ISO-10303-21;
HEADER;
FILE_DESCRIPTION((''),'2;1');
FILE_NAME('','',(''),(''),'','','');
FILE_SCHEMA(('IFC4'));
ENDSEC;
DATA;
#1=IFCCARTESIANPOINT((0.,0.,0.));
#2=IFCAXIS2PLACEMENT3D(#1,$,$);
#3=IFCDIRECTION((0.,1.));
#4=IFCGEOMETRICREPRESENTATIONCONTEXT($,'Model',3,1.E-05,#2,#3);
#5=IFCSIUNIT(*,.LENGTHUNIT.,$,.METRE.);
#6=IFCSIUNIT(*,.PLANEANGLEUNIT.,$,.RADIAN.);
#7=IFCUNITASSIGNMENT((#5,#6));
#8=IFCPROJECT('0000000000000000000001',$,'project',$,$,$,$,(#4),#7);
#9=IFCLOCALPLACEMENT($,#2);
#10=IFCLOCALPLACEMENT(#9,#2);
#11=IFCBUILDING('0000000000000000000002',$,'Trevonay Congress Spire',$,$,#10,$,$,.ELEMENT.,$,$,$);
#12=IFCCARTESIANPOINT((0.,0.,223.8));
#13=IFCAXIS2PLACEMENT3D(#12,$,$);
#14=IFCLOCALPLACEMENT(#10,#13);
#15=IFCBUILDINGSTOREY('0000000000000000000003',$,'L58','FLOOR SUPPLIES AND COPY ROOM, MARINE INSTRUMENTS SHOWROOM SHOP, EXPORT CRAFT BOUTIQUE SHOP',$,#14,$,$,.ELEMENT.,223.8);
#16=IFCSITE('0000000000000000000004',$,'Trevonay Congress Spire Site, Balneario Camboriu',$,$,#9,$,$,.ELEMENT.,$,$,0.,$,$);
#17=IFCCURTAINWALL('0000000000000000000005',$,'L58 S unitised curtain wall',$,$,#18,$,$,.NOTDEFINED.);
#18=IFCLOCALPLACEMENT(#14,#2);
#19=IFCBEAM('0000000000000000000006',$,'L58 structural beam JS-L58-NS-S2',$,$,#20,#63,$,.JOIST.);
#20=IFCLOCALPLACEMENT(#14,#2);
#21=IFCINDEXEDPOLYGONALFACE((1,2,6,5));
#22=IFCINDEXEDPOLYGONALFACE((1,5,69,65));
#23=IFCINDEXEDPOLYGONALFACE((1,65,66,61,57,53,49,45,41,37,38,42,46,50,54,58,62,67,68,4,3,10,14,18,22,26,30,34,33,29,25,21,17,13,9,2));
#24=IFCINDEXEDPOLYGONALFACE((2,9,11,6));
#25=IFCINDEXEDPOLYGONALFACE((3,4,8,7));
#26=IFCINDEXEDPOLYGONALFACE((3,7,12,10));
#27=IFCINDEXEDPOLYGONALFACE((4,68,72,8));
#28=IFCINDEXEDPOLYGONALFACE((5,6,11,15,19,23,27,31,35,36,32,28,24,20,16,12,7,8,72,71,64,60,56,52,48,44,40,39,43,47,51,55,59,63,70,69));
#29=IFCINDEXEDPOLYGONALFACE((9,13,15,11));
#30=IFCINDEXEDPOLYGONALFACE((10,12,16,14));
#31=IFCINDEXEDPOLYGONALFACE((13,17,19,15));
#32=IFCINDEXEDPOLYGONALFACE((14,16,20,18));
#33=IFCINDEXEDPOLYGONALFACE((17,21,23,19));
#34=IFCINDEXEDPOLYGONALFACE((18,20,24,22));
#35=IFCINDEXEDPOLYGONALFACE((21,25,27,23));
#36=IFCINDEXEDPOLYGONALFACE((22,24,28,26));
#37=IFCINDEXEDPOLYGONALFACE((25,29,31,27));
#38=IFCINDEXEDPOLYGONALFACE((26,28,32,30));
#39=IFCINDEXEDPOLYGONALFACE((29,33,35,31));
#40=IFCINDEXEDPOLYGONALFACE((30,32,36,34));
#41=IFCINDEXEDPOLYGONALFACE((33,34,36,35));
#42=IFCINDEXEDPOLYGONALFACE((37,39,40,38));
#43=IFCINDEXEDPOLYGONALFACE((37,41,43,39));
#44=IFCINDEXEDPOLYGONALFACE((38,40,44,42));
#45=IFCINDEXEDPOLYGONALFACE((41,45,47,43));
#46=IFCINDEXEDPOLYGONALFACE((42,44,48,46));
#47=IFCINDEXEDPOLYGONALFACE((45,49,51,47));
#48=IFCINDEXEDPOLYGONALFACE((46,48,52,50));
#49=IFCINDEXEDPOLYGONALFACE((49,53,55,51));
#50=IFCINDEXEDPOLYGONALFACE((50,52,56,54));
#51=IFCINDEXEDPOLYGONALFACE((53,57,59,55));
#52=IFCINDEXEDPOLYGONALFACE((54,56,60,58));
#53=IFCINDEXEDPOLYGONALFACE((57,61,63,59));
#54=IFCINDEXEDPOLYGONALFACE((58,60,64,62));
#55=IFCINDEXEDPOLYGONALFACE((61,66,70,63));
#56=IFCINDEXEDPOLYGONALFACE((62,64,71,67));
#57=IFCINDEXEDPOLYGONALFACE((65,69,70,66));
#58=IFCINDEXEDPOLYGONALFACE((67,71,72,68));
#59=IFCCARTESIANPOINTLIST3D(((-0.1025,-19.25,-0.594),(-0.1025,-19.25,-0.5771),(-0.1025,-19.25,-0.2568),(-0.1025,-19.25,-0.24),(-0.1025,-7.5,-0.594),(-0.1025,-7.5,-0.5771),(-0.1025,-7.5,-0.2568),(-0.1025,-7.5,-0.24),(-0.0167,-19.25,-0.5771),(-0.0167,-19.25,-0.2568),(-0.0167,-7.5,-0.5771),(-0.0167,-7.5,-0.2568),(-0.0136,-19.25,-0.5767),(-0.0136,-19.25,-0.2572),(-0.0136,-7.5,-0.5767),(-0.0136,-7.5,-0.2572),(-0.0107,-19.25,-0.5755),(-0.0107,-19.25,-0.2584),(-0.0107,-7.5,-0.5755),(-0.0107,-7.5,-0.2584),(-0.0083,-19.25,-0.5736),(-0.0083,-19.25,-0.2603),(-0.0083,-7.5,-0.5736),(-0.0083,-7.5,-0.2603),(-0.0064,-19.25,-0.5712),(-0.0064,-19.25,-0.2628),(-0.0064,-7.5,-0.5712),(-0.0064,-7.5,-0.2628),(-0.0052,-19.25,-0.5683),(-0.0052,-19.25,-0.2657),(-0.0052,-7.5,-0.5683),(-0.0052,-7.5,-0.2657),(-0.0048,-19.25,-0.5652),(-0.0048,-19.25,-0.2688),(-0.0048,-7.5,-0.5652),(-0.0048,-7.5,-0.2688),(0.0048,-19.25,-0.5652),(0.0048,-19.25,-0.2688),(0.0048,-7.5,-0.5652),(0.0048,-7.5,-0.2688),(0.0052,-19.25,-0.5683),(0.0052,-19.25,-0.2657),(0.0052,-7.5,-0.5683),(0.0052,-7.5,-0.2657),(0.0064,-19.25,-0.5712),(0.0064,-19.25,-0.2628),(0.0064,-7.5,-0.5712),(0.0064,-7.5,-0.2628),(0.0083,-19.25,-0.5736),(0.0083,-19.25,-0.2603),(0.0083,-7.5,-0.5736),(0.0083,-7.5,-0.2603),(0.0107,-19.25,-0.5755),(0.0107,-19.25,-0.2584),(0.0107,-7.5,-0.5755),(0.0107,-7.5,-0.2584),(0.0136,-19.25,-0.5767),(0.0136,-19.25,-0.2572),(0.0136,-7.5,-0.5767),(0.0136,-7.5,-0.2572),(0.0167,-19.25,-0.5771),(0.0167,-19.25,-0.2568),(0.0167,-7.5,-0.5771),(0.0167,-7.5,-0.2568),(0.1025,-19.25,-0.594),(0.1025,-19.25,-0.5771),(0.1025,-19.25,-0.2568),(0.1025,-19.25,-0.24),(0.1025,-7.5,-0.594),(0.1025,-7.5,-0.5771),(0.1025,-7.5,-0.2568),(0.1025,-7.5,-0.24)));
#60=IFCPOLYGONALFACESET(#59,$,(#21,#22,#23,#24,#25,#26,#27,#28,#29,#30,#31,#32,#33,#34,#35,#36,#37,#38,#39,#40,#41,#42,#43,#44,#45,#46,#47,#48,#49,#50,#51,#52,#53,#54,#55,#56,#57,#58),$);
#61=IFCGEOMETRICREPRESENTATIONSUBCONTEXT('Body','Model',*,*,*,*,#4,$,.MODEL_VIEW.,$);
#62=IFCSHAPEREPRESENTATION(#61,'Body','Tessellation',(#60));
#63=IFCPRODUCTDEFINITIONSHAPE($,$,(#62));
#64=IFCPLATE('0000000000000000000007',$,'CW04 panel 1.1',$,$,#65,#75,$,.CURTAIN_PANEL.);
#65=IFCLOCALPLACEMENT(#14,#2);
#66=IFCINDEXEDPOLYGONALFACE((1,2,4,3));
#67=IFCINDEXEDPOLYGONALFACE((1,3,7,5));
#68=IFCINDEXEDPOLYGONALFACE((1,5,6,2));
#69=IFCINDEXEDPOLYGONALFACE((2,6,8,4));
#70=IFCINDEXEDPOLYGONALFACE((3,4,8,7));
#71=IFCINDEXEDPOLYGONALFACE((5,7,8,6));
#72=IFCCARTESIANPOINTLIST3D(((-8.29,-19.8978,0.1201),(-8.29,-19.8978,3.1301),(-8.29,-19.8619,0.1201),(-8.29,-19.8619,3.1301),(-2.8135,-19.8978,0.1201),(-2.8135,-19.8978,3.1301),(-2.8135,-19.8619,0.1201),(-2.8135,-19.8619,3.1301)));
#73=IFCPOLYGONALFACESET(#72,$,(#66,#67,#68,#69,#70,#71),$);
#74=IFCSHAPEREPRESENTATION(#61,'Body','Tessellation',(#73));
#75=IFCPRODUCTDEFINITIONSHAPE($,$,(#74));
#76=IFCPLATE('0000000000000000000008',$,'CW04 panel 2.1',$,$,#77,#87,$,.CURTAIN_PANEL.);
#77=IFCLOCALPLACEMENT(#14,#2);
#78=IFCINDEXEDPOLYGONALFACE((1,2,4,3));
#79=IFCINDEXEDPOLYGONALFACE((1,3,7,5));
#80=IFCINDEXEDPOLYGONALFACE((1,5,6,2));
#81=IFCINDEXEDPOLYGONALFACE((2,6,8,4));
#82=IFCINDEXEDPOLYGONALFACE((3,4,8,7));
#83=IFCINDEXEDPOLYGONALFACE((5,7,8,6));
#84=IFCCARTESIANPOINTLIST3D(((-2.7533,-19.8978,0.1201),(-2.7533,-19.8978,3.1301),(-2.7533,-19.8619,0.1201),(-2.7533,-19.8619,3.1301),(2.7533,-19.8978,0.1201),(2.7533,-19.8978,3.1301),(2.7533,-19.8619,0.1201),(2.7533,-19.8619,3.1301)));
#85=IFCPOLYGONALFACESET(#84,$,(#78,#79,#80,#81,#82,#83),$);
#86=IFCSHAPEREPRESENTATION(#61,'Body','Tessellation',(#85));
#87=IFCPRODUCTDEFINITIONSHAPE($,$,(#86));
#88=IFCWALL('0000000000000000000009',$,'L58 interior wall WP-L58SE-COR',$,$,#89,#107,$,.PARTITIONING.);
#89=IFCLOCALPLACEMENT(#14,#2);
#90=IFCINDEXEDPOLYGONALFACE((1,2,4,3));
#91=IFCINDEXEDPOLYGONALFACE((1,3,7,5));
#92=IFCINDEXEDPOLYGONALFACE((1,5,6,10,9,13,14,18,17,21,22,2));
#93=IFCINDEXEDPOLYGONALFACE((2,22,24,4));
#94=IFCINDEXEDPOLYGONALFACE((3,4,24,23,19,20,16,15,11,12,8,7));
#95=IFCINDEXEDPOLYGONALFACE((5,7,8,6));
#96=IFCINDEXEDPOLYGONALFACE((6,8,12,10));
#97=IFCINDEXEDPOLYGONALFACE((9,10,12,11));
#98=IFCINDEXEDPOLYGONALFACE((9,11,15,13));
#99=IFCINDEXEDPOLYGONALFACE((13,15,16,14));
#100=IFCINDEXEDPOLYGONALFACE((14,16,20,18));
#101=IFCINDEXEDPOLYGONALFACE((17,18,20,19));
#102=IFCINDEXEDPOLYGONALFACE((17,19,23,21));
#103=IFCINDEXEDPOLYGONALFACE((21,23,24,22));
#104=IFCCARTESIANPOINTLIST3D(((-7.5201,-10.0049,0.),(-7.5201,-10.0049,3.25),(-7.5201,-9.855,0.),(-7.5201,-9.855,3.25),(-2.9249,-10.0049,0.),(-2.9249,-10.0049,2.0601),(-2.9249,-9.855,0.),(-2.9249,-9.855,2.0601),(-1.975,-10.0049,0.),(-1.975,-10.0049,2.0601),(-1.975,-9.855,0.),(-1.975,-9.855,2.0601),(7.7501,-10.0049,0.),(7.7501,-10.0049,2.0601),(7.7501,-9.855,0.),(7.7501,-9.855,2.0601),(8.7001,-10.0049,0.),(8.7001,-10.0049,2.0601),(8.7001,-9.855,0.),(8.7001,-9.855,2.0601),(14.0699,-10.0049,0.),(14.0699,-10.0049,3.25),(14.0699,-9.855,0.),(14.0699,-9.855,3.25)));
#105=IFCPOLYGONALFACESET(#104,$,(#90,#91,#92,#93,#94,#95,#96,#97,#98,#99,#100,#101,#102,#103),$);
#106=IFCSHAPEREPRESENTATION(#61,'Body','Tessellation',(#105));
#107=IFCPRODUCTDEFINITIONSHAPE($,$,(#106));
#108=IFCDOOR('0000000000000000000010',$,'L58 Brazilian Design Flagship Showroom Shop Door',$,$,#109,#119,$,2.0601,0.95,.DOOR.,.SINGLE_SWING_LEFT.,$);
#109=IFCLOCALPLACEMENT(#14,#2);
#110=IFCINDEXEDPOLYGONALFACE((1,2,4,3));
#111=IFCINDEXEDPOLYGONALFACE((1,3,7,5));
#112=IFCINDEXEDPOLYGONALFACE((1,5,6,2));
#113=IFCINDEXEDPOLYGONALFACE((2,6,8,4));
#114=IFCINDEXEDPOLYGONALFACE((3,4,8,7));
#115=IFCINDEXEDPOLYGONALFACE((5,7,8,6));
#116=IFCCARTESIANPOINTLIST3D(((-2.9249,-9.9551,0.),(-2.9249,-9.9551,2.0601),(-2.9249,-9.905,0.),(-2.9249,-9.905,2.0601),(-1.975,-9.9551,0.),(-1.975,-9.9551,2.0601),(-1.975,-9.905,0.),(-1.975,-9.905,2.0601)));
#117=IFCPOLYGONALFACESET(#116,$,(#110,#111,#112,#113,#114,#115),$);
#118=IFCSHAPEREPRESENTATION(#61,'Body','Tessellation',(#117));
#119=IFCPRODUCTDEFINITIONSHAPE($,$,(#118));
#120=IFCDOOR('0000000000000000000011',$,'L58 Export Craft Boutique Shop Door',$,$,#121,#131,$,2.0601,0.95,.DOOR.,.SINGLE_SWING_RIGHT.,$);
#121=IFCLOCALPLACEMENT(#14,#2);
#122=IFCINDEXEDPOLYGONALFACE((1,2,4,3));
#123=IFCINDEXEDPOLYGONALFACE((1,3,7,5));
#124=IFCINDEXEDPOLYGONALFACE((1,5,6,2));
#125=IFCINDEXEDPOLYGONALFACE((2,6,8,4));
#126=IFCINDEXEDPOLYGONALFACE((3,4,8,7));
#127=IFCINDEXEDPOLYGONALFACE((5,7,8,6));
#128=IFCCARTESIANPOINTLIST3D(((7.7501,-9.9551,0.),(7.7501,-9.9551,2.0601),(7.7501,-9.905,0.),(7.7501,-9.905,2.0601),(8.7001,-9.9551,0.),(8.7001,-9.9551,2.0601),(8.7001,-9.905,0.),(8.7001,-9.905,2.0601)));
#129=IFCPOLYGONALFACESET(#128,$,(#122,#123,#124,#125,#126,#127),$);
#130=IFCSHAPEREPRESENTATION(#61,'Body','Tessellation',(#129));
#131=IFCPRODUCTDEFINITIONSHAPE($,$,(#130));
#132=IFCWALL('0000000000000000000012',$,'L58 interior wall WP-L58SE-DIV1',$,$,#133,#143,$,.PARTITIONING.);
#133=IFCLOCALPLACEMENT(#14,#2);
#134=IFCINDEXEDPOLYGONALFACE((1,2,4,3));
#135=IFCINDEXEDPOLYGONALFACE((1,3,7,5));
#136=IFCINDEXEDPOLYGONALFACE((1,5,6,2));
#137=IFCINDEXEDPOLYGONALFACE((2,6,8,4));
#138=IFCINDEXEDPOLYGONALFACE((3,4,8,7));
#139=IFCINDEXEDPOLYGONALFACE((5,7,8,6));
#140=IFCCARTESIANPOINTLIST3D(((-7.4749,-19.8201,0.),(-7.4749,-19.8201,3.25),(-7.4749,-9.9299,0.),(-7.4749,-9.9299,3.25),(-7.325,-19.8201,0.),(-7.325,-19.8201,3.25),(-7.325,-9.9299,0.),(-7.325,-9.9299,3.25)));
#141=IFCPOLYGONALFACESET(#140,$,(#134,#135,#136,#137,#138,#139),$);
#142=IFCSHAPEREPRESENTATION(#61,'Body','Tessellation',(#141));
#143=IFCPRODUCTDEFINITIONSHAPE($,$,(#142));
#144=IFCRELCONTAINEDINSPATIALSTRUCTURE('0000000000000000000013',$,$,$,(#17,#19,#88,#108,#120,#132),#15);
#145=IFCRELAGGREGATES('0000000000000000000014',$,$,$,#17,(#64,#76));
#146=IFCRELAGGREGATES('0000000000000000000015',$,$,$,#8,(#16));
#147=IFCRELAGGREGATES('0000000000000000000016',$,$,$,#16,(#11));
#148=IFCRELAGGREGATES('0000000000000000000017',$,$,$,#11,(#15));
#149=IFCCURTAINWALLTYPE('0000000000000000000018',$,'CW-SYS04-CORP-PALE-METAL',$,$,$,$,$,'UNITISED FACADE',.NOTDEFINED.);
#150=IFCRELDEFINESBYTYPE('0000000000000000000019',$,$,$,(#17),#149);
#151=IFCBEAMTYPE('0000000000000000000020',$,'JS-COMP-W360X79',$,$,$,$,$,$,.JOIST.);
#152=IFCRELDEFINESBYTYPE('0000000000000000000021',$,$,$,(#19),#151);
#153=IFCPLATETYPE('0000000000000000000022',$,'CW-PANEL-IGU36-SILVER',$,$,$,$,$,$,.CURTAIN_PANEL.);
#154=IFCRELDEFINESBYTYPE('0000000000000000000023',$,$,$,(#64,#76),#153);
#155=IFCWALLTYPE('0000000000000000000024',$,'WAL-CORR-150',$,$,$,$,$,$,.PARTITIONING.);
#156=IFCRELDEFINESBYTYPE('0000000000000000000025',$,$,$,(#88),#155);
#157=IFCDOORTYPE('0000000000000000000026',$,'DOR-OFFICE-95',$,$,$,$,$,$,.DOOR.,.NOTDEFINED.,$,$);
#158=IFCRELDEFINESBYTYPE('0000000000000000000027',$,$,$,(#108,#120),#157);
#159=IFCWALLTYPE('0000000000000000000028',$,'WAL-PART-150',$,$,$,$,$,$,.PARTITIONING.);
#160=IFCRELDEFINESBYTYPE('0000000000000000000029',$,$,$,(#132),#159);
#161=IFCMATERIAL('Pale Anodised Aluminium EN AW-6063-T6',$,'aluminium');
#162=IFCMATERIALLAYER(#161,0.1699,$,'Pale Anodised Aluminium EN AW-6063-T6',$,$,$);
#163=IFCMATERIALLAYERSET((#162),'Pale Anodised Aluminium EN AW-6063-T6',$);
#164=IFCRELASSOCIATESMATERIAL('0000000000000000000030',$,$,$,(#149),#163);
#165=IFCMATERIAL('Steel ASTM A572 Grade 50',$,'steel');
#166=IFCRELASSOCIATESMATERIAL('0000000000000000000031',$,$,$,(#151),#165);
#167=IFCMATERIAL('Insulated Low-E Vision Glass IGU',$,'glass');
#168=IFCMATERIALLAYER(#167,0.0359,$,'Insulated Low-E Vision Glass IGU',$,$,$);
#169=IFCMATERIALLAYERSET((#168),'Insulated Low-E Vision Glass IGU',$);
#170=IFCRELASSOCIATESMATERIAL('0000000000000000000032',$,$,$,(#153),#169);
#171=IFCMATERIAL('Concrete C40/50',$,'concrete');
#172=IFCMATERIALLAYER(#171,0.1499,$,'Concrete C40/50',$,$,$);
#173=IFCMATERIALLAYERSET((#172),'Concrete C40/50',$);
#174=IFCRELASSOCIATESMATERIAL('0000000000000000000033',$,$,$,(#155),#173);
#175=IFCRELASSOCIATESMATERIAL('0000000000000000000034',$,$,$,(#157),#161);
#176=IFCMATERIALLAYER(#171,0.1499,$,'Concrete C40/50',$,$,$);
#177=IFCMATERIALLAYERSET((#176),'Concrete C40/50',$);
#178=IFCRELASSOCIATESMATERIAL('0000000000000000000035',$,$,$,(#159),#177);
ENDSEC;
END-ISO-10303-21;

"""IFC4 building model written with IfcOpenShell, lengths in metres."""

from ifc_helpers import new_model, si_unit, direction, frame, frame_2d, origin, origin_2d, place, context, subcontext, project, spatial, rectangle, i_section, extrude, material, layer, layer_set, material_profile, profile_set, type_object, element, fill, aggregate, save


model = new_model("IFC4")

# Units and contexts
model_context = context("Model", 3, precision=1e-05, world=origin(), true_north=direction((0.0, 1.0)))
body_context = subcontext(model_context, "Body", "Model", "MODEL_VIEW")
ifc_project = project(units=[si_unit("LENGTHUNIT", "METRE"), si_unit("PLANEANGLEUNIT", "RADIAN")], contexts=[model_context])

# Site, building, storey
site_placement = place(None, origin())
site = spatial("IfcSite", under=ifc_project, at=site_placement, Name="Trevonay Congress Spire Site, Balneario Camboriu", CompositionType="ELEMENT", RefElevation=0.0)
building_placement = place(site_placement, origin())
building = spatial("IfcBuilding", under=site, at=building_placement, Name="Trevonay Congress Spire", CompositionType="ELEMENT")
storey_placement = place(building_placement, frame((0.0, 0.0, 223.8)))
storey = spatial("IfcBuildingStorey", under=building, at=storey_placement, Name="L58", Description="FLOOR SUPPLIES AND COPY ROOM, MARINE INSTRUMENTS SHOWROOM SHOP, EXPORT CRAFT BOUTIQUE SHOP", CompositionType="ELEMENT", Elevation=223.8)

# Shared definitions
ifc_material_1 = material(Name="Steel ASTM A572 Grade 50", Category="steel")

# Curtain wall
ifc_material_2 = material(Name="Pale Anodised Aluminium EN AW-6063-T6", Category="aluminium")
ifc_layer_1 = layer(ifc_material_2, 0.1699, Name="Pale Anodised Aluminium EN AW-6063-T6")
ifc_layer_set_1 = layer_set([ifc_layer_1], Name="Pale Anodised Aluminium EN AW-6063-T6")
curtain_wall_type = type_object("IfcCurtainWallType", Name="CW-SYS04-CORP-PALE-METAL", ElementType="UNITISED FACADE", PredefinedType="NOTDEFINED", material=ifc_layer_set_1)
curtain_wall_placement = place(storey_placement, origin())
curtain_wall = element("IfcCurtainWall", 1, at=curtain_wall_placement, inside=storey, type_object=curtain_wall_type, Name="L58 S unitised curtain wall", PredefinedType="NOTDEFINED")

# Beam
ifc_material_profile_1 = material_profile(ifc_material_1, i_section(OverallWidth=0.2051, OverallDepth=0.354, WebThickness=0.0095, FlangeThickness=0.0168, FilletRadius=0.012, at=origin_2d()), Name="W360x79")
ifc_profile_set_1 = profile_set([ifc_material_profile_1], Name="Steel ASTM A572 Grade 50")
beam_type_1 = type_object("IfcBeamType", Name="JS-COMP-W360X79", PredefinedType="JOIST", material=ifc_profile_set_1)
for number, where, z_axis, x_axis, name in (
    (2, (0.0, -19.25, -0.417), (0.0, 1.0, 0.0), (-1.0, 0.0, 0.0), "L58 structural beam JS-L58-NS-S2"),
):
    element("IfcBeam", number, at=place(storey_placement, frame(where, z_axis=z_axis, x_axis=x_axis)), inside=storey, type_object=beam_type_1, Name=name, PredefinedType="JOIST", context=body_context, shape_type="SweptSolid", body=[
        extrude(i_section(OverallWidth=0.2051, OverallDepth=0.354, WebThickness=0.0095, FlangeThickness=0.0168, FilletRadius=0.012, at=origin_2d()), origin(), (0.0, 0.0, 1.0), 11.75),
    ])

# Plates
ifc_material_3 = material(Name="Insulated Low-E Vision Glass IGU", Category="glass")
ifc_layer_2 = layer(ifc_material_3, 0.0359, Name="Insulated Low-E Vision Glass IGU")
ifc_layer_set_2 = layer_set([ifc_layer_2], Name="Insulated Low-E Vision Glass IGU")
plate_type = type_object("IfcPlateType", Name="CW-PANEL-IGU36-SILVER", PredefinedType="CURTAIN_PANEL", material=ifc_layer_set_2)
plate_1_placement = place(storey_placement, frame((-5.5518, -19.8799, 0.1201), z_axis=(0.0, 0.0, 1.0), x_axis=(1.0, 0.0, 0.0)))
plate_1 = element("IfcPlate", 3, at=plate_1_placement, type_object=plate_type, Name="CW04 panel 1.1", PredefinedType="CURTAIN_PANEL", context=body_context, shape_type="SweptSolid", body=[
    extrude(rectangle(XDim=5.4766, YDim=0.0359, at=origin_2d()), origin(), (0.0, 0.0, 1.0), 3.01),
])
plate_2_placement = place(storey_placement, frame((0.0, -19.8799, 0.1201), z_axis=(0.0, 0.0, 1.0), x_axis=(1.0, 0.0, 0.0)))
plate_2 = element("IfcPlate", 4, at=plate_2_placement, type_object=plate_type, Name="CW04 panel 2.1", PredefinedType="CURTAIN_PANEL", context=body_context, shape_type="SweptSolid", body=[
    extrude(rectangle(XDim=5.5066, YDim=0.0359, at=origin_2d()), origin(), (0.0, 0.0, 1.0), 3.01),
])
aggregate(curtain_wall, [plate_1, plate_2])

# Wall, openings, doors
ifc_material_4 = material(Name="Concrete C40/50", Category="concrete")
ifc_layer_3 = layer(ifc_material_4, 0.1499, Name="Concrete C40/50")
ifc_layer_set_3 = layer_set([ifc_layer_3], Name="Concrete C40/50")
wall_type_1 = type_object("IfcWallType", Name="WAL-CORR-150", PredefinedType="PARTITIONING", material=ifc_layer_set_3)
wall_1_placement = place(storey_placement, frame((-7.52, -9.9299, 0.0), z_axis=(0.0, 0.0, 1.0), x_axis=(1.0, 0.0, 0.0)))
wall_1 = element("IfcWall", 5, at=wall_1_placement, inside=storey, type_object=wall_type_1, Name="L58 interior wall WP-L58SE-COR", PredefinedType="PARTITIONING", context=body_context, shape_type="SweptSolid", body=[
    extrude(rectangle(XDim=21.5901, YDim=0.1499, at=frame_2d((10.7949, 0.0))), origin(), (0.0, 0.0, 1.0), 3.25),
])
opening_1_placement = place(wall_1_placement, frame((4.595, 0.0, 0.0)))
opening_1 = element("IfcOpeningElement", 6, at=opening_1_placement, cuts=wall_1, PredefinedType="OPENING", context=body_context, shape_type="SweptSolid", body=[
    extrude(rectangle(XDim=0.95, YDim=2.0601, at=frame_2d((0.4751, 1.03))), frame((0.0, 0.085, 0.0), z_axis=(0.0, -1.0, 0.0), x_axis=(1.0, 0.0, 0.0)), (0.0, 0.0, 1.0), 0.1699),
])
opening_2_placement = place(wall_1_placement, frame((15.27, 0.0, 0.0)))
opening_2 = element("IfcOpeningElement", 7, at=opening_2_placement, cuts=wall_1, PredefinedType="OPENING", context=body_context, shape_type="SweptSolid", body=[
    extrude(rectangle(XDim=0.95, YDim=2.0601, at=frame_2d((0.4751, 1.03))), frame((0.0, 0.085, 0.0), z_axis=(0.0, -1.0, 0.0), x_axis=(1.0, 0.0, 0.0)), (0.0, 0.0, 1.0), 0.1699),
])
door_type = type_object("IfcDoorType", Name="DOR-OFFICE-95", OperationType="NOTDEFINED", PredefinedType="DOOR", material=ifc_material_2)
door_1_placement = place(opening_1_placement, origin())
door_1 = element("IfcDoor", 8, at=door_1_placement, inside=storey, type_object=door_type, Name="L58 Brazilian Design Flagship Showroom Shop Door", OperationType="SINGLE_SWING_LEFT", OverallHeight=2.0601, OverallWidth=0.95, PredefinedType="DOOR", context=body_context, shape_type="SweptSolid", body=[
    extrude(rectangle(XDim=0.95, YDim=2.0601, at=frame_2d((0.4751, 1.03))), frame((0.0, 0.0249, 0.0), z_axis=(0.0, -1.0, 0.0), x_axis=(1.0, 0.0, 0.0)), (0.0, 0.0, 1.0), 0.05),
])
fill(opening_1, door_1)
door_2_placement = place(opening_2_placement, origin())
door_2 = element("IfcDoor", 9, at=door_2_placement, inside=storey, type_object=door_type, Name="L58 Export Craft Boutique Shop Door", OperationType="SINGLE_SWING_RIGHT", OverallHeight=2.0601, OverallWidth=0.95, PredefinedType="DOOR", context=body_context, shape_type="SweptSolid", body=[
    extrude(rectangle(XDim=0.95, YDim=2.0601, at=frame_2d((0.4751, 1.03))), frame((0.0, 0.0249, 0.0), z_axis=(0.0, -1.0, 0.0), x_axis=(1.0, 0.0, 0.0)), (0.0, 0.0, 1.0), 0.05),
])
fill(opening_2, door_2)

# Wall
ifc_layer_4 = layer(ifc_material_4, 0.1499, Name="Concrete C40/50")
ifc_layer_set_4 = layer_set([ifc_layer_4], Name="Concrete C40/50")
wall_type_2 = type_object("IfcWallType", Name="WAL-PART-150", PredefinedType="PARTITIONING", material=ifc_layer_set_4)
wall_2_placement = place(storey_placement, frame((-7.3999, -19.8201, 0.0), z_axis=(0.0, 0.0, 1.0), x_axis=(0.0, 1.0, 0.0)))
element("IfcWall", 10, at=wall_2_placement, inside=storey, type_object=wall_type_2, Name="L58 interior wall WP-L58SE-DIV1", PredefinedType="PARTITIONING", context=body_context, shape_type="SweptSolid", body=[
    extrude(rectangle(XDim=9.8901, YDim=0.1499, at=frame_2d((4.9451, 0.0))), origin(), (0.0, 0.0, 1.0), 3.25),
])

save(model, "model.ifc")
